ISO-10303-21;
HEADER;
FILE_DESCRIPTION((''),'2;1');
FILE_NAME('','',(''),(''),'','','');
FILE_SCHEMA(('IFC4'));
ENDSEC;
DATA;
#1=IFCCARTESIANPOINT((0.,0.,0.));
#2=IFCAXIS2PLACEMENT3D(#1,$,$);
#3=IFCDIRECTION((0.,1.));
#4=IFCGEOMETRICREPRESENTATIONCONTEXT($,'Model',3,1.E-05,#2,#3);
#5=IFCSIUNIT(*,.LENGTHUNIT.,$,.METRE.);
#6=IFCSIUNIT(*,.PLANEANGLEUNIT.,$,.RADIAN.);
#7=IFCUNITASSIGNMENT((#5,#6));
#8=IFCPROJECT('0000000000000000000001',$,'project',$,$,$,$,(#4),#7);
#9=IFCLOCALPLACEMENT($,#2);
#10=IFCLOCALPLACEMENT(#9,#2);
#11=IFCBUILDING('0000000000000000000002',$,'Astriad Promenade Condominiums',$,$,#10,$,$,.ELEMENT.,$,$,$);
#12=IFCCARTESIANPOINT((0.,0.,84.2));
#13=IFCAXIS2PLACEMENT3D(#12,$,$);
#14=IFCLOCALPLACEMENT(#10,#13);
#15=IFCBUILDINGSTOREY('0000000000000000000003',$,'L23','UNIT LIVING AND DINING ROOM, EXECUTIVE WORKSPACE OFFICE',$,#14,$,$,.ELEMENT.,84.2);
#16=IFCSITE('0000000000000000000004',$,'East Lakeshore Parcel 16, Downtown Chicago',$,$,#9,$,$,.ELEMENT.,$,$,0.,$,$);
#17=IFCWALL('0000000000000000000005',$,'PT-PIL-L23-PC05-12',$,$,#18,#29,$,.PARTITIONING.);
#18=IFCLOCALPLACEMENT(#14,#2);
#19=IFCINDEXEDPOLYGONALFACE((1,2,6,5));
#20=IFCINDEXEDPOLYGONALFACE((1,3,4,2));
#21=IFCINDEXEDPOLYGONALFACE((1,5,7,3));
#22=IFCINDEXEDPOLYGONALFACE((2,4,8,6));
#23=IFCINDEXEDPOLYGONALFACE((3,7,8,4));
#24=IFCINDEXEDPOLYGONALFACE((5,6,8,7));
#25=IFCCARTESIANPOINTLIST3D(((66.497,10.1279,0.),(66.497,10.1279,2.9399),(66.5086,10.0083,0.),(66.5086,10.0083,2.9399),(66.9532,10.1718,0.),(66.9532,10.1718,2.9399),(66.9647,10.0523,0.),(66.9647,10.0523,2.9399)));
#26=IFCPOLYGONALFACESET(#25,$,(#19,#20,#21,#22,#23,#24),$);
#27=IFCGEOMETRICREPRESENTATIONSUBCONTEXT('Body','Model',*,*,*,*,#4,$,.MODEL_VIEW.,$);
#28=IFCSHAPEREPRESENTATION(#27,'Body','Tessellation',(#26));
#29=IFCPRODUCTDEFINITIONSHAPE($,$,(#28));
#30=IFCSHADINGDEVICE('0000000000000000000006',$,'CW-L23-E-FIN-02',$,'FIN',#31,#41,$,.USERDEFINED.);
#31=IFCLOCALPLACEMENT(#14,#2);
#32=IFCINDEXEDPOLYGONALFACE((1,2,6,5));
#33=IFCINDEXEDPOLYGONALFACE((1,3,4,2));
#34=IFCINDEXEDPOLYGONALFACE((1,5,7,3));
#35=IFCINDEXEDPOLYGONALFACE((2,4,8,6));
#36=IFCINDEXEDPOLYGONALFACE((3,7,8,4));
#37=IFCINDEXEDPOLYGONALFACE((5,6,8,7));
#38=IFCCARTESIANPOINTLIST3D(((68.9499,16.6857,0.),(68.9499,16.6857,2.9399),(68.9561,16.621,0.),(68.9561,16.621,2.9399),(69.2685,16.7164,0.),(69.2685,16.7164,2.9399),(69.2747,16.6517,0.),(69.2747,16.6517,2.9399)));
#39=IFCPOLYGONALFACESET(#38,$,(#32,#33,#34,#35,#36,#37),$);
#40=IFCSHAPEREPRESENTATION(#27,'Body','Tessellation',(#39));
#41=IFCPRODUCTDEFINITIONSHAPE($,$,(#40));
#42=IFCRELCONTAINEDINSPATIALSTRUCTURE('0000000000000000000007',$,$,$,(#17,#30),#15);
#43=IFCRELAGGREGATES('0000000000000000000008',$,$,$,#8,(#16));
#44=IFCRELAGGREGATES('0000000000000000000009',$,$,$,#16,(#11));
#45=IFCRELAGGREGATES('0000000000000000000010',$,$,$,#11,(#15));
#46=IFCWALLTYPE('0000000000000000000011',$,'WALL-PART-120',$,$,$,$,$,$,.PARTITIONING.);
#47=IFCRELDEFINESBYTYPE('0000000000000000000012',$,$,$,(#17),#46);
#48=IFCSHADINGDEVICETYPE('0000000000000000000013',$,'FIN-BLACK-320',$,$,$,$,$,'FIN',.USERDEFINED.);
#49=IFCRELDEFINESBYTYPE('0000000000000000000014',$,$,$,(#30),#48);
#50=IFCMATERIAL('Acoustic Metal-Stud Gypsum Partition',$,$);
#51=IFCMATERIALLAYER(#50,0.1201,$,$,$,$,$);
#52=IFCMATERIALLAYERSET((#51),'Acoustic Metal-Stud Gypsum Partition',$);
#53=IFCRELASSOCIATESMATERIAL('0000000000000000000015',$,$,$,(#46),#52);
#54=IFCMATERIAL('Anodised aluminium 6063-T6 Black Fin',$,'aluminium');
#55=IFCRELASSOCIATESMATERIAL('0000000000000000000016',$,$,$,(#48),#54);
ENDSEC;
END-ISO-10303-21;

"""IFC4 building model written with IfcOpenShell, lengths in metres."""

from ifc_helpers import new_model, si_unit, direction, frame, frame_2d, origin, origin_2d, place, context, subcontext, project, spatial, rectangle, extrude, source, transform, mapped, material, layer, layer_set, type_object, type_shapes, element, save


model = new_model("IFC4")

# Units and contexts
model_context = context("Model", 3, precision=1e-05, world=origin(), true_north=direction((0.0, 1.0)))
body_context = subcontext(model_context, "Body", "Model", "MODEL_VIEW")
ifc_project = project(units=[si_unit("LENGTHUNIT", "METRE"), si_unit("PLANEANGLEUNIT", "RADIAN")], contexts=[model_context])

# Site, building, storey
site_placement = place(None, origin())
site = spatial("IfcSite", under=ifc_project, at=site_placement, Name="East Lakeshore Parcel 16, Downtown Chicago", CompositionType="ELEMENT", RefElevation=0.0)
building_placement = place(site_placement, origin())
building = spatial("IfcBuilding", under=site, at=building_placement, Name="Astriad Promenade Condominiums", CompositionType="ELEMENT")
storey_placement = place(building_placement, frame((0.0, 0.0, 84.2)))
storey = spatial("IfcBuildingStorey", under=building, at=storey_placement, Name="L23", Description="UNIT LIVING AND DINING ROOM, EXECUTIVE WORKSPACE OFFICE", CompositionType="ELEMENT", Elevation=84.2)

# Wall
ifc_material_1 = material(Name="Acoustic Metal-Stud Gypsum Partition")
ifc_layer_1 = layer(ifc_material_1, 0.1201)
ifc_layer_set_1 = layer_set([ifc_layer_1], Name="Acoustic Metal-Stud Gypsum Partition")
wall_type_1 = type_object("IfcWallType", Name="WALL-PART-120", PredefinedType="PARTITIONING", material=ifc_layer_set_1)
wall_1_placement = place(storey_placement, frame((66.5029, 10.0681, 0.0), z_axis=(0.0, 0.0, 1.0), x_axis=(0.995389, 0.095915, 0.0)))
element("IfcWall", 1, at=wall_1_placement, inside=storey, type_object=wall_type_1, Name="PT-PIL-L23-PC05-12", PredefinedType="PARTITIONING", context=body_context, shape_type="SweptSolid", body=[
    extrude(rectangle(XDim=0.4583, YDim=0.1201, at=frame_2d((0.229, 0.0))), origin(), (0.0, 0.0, 1.0), 2.9399),
])

# Shading device
ifc_material_2 = material(Name="Anodised aluminium 6063-T6 Black Fin", Category="aluminium")
shading_device_type = type_object("IfcShadingDeviceType", Name="FIN-BLACK-320", ElementType="FIN", PredefinedType="USERDEFINED", material=ifc_material_2)
shared_shape_1 = source(origin(), body_context, "Body", "SweptSolid", [
    extrude(rectangle(XDim=0.0649, YDim=0.3201, at=origin_2d()), origin(), (0.0, 0.0, 1.0), 2.9399),
])
type_shapes(shading_device_type, [shared_shape_1])
shading_device_placement = place(storey_placement, frame((69.1123, 16.6687, 0.0), z_axis=(0.0, 0.0, 1.0), x_axis=(0.095846, -0.995396, 0.0)))
element("IfcShadingDevice", 2, at=shading_device_placement, inside=storey, type_object=shading_device_type, Name="CW-L23-E-FIN-02", ObjectType="FIN", PredefinedType="USERDEFINED", context=body_context, shape_type="MappedRepresentation", body=[
    mapped(shared_shape_1, transform((0.0, 0.0, 0.0), scale=1.0)),
])

save(model, "model.ifc")
